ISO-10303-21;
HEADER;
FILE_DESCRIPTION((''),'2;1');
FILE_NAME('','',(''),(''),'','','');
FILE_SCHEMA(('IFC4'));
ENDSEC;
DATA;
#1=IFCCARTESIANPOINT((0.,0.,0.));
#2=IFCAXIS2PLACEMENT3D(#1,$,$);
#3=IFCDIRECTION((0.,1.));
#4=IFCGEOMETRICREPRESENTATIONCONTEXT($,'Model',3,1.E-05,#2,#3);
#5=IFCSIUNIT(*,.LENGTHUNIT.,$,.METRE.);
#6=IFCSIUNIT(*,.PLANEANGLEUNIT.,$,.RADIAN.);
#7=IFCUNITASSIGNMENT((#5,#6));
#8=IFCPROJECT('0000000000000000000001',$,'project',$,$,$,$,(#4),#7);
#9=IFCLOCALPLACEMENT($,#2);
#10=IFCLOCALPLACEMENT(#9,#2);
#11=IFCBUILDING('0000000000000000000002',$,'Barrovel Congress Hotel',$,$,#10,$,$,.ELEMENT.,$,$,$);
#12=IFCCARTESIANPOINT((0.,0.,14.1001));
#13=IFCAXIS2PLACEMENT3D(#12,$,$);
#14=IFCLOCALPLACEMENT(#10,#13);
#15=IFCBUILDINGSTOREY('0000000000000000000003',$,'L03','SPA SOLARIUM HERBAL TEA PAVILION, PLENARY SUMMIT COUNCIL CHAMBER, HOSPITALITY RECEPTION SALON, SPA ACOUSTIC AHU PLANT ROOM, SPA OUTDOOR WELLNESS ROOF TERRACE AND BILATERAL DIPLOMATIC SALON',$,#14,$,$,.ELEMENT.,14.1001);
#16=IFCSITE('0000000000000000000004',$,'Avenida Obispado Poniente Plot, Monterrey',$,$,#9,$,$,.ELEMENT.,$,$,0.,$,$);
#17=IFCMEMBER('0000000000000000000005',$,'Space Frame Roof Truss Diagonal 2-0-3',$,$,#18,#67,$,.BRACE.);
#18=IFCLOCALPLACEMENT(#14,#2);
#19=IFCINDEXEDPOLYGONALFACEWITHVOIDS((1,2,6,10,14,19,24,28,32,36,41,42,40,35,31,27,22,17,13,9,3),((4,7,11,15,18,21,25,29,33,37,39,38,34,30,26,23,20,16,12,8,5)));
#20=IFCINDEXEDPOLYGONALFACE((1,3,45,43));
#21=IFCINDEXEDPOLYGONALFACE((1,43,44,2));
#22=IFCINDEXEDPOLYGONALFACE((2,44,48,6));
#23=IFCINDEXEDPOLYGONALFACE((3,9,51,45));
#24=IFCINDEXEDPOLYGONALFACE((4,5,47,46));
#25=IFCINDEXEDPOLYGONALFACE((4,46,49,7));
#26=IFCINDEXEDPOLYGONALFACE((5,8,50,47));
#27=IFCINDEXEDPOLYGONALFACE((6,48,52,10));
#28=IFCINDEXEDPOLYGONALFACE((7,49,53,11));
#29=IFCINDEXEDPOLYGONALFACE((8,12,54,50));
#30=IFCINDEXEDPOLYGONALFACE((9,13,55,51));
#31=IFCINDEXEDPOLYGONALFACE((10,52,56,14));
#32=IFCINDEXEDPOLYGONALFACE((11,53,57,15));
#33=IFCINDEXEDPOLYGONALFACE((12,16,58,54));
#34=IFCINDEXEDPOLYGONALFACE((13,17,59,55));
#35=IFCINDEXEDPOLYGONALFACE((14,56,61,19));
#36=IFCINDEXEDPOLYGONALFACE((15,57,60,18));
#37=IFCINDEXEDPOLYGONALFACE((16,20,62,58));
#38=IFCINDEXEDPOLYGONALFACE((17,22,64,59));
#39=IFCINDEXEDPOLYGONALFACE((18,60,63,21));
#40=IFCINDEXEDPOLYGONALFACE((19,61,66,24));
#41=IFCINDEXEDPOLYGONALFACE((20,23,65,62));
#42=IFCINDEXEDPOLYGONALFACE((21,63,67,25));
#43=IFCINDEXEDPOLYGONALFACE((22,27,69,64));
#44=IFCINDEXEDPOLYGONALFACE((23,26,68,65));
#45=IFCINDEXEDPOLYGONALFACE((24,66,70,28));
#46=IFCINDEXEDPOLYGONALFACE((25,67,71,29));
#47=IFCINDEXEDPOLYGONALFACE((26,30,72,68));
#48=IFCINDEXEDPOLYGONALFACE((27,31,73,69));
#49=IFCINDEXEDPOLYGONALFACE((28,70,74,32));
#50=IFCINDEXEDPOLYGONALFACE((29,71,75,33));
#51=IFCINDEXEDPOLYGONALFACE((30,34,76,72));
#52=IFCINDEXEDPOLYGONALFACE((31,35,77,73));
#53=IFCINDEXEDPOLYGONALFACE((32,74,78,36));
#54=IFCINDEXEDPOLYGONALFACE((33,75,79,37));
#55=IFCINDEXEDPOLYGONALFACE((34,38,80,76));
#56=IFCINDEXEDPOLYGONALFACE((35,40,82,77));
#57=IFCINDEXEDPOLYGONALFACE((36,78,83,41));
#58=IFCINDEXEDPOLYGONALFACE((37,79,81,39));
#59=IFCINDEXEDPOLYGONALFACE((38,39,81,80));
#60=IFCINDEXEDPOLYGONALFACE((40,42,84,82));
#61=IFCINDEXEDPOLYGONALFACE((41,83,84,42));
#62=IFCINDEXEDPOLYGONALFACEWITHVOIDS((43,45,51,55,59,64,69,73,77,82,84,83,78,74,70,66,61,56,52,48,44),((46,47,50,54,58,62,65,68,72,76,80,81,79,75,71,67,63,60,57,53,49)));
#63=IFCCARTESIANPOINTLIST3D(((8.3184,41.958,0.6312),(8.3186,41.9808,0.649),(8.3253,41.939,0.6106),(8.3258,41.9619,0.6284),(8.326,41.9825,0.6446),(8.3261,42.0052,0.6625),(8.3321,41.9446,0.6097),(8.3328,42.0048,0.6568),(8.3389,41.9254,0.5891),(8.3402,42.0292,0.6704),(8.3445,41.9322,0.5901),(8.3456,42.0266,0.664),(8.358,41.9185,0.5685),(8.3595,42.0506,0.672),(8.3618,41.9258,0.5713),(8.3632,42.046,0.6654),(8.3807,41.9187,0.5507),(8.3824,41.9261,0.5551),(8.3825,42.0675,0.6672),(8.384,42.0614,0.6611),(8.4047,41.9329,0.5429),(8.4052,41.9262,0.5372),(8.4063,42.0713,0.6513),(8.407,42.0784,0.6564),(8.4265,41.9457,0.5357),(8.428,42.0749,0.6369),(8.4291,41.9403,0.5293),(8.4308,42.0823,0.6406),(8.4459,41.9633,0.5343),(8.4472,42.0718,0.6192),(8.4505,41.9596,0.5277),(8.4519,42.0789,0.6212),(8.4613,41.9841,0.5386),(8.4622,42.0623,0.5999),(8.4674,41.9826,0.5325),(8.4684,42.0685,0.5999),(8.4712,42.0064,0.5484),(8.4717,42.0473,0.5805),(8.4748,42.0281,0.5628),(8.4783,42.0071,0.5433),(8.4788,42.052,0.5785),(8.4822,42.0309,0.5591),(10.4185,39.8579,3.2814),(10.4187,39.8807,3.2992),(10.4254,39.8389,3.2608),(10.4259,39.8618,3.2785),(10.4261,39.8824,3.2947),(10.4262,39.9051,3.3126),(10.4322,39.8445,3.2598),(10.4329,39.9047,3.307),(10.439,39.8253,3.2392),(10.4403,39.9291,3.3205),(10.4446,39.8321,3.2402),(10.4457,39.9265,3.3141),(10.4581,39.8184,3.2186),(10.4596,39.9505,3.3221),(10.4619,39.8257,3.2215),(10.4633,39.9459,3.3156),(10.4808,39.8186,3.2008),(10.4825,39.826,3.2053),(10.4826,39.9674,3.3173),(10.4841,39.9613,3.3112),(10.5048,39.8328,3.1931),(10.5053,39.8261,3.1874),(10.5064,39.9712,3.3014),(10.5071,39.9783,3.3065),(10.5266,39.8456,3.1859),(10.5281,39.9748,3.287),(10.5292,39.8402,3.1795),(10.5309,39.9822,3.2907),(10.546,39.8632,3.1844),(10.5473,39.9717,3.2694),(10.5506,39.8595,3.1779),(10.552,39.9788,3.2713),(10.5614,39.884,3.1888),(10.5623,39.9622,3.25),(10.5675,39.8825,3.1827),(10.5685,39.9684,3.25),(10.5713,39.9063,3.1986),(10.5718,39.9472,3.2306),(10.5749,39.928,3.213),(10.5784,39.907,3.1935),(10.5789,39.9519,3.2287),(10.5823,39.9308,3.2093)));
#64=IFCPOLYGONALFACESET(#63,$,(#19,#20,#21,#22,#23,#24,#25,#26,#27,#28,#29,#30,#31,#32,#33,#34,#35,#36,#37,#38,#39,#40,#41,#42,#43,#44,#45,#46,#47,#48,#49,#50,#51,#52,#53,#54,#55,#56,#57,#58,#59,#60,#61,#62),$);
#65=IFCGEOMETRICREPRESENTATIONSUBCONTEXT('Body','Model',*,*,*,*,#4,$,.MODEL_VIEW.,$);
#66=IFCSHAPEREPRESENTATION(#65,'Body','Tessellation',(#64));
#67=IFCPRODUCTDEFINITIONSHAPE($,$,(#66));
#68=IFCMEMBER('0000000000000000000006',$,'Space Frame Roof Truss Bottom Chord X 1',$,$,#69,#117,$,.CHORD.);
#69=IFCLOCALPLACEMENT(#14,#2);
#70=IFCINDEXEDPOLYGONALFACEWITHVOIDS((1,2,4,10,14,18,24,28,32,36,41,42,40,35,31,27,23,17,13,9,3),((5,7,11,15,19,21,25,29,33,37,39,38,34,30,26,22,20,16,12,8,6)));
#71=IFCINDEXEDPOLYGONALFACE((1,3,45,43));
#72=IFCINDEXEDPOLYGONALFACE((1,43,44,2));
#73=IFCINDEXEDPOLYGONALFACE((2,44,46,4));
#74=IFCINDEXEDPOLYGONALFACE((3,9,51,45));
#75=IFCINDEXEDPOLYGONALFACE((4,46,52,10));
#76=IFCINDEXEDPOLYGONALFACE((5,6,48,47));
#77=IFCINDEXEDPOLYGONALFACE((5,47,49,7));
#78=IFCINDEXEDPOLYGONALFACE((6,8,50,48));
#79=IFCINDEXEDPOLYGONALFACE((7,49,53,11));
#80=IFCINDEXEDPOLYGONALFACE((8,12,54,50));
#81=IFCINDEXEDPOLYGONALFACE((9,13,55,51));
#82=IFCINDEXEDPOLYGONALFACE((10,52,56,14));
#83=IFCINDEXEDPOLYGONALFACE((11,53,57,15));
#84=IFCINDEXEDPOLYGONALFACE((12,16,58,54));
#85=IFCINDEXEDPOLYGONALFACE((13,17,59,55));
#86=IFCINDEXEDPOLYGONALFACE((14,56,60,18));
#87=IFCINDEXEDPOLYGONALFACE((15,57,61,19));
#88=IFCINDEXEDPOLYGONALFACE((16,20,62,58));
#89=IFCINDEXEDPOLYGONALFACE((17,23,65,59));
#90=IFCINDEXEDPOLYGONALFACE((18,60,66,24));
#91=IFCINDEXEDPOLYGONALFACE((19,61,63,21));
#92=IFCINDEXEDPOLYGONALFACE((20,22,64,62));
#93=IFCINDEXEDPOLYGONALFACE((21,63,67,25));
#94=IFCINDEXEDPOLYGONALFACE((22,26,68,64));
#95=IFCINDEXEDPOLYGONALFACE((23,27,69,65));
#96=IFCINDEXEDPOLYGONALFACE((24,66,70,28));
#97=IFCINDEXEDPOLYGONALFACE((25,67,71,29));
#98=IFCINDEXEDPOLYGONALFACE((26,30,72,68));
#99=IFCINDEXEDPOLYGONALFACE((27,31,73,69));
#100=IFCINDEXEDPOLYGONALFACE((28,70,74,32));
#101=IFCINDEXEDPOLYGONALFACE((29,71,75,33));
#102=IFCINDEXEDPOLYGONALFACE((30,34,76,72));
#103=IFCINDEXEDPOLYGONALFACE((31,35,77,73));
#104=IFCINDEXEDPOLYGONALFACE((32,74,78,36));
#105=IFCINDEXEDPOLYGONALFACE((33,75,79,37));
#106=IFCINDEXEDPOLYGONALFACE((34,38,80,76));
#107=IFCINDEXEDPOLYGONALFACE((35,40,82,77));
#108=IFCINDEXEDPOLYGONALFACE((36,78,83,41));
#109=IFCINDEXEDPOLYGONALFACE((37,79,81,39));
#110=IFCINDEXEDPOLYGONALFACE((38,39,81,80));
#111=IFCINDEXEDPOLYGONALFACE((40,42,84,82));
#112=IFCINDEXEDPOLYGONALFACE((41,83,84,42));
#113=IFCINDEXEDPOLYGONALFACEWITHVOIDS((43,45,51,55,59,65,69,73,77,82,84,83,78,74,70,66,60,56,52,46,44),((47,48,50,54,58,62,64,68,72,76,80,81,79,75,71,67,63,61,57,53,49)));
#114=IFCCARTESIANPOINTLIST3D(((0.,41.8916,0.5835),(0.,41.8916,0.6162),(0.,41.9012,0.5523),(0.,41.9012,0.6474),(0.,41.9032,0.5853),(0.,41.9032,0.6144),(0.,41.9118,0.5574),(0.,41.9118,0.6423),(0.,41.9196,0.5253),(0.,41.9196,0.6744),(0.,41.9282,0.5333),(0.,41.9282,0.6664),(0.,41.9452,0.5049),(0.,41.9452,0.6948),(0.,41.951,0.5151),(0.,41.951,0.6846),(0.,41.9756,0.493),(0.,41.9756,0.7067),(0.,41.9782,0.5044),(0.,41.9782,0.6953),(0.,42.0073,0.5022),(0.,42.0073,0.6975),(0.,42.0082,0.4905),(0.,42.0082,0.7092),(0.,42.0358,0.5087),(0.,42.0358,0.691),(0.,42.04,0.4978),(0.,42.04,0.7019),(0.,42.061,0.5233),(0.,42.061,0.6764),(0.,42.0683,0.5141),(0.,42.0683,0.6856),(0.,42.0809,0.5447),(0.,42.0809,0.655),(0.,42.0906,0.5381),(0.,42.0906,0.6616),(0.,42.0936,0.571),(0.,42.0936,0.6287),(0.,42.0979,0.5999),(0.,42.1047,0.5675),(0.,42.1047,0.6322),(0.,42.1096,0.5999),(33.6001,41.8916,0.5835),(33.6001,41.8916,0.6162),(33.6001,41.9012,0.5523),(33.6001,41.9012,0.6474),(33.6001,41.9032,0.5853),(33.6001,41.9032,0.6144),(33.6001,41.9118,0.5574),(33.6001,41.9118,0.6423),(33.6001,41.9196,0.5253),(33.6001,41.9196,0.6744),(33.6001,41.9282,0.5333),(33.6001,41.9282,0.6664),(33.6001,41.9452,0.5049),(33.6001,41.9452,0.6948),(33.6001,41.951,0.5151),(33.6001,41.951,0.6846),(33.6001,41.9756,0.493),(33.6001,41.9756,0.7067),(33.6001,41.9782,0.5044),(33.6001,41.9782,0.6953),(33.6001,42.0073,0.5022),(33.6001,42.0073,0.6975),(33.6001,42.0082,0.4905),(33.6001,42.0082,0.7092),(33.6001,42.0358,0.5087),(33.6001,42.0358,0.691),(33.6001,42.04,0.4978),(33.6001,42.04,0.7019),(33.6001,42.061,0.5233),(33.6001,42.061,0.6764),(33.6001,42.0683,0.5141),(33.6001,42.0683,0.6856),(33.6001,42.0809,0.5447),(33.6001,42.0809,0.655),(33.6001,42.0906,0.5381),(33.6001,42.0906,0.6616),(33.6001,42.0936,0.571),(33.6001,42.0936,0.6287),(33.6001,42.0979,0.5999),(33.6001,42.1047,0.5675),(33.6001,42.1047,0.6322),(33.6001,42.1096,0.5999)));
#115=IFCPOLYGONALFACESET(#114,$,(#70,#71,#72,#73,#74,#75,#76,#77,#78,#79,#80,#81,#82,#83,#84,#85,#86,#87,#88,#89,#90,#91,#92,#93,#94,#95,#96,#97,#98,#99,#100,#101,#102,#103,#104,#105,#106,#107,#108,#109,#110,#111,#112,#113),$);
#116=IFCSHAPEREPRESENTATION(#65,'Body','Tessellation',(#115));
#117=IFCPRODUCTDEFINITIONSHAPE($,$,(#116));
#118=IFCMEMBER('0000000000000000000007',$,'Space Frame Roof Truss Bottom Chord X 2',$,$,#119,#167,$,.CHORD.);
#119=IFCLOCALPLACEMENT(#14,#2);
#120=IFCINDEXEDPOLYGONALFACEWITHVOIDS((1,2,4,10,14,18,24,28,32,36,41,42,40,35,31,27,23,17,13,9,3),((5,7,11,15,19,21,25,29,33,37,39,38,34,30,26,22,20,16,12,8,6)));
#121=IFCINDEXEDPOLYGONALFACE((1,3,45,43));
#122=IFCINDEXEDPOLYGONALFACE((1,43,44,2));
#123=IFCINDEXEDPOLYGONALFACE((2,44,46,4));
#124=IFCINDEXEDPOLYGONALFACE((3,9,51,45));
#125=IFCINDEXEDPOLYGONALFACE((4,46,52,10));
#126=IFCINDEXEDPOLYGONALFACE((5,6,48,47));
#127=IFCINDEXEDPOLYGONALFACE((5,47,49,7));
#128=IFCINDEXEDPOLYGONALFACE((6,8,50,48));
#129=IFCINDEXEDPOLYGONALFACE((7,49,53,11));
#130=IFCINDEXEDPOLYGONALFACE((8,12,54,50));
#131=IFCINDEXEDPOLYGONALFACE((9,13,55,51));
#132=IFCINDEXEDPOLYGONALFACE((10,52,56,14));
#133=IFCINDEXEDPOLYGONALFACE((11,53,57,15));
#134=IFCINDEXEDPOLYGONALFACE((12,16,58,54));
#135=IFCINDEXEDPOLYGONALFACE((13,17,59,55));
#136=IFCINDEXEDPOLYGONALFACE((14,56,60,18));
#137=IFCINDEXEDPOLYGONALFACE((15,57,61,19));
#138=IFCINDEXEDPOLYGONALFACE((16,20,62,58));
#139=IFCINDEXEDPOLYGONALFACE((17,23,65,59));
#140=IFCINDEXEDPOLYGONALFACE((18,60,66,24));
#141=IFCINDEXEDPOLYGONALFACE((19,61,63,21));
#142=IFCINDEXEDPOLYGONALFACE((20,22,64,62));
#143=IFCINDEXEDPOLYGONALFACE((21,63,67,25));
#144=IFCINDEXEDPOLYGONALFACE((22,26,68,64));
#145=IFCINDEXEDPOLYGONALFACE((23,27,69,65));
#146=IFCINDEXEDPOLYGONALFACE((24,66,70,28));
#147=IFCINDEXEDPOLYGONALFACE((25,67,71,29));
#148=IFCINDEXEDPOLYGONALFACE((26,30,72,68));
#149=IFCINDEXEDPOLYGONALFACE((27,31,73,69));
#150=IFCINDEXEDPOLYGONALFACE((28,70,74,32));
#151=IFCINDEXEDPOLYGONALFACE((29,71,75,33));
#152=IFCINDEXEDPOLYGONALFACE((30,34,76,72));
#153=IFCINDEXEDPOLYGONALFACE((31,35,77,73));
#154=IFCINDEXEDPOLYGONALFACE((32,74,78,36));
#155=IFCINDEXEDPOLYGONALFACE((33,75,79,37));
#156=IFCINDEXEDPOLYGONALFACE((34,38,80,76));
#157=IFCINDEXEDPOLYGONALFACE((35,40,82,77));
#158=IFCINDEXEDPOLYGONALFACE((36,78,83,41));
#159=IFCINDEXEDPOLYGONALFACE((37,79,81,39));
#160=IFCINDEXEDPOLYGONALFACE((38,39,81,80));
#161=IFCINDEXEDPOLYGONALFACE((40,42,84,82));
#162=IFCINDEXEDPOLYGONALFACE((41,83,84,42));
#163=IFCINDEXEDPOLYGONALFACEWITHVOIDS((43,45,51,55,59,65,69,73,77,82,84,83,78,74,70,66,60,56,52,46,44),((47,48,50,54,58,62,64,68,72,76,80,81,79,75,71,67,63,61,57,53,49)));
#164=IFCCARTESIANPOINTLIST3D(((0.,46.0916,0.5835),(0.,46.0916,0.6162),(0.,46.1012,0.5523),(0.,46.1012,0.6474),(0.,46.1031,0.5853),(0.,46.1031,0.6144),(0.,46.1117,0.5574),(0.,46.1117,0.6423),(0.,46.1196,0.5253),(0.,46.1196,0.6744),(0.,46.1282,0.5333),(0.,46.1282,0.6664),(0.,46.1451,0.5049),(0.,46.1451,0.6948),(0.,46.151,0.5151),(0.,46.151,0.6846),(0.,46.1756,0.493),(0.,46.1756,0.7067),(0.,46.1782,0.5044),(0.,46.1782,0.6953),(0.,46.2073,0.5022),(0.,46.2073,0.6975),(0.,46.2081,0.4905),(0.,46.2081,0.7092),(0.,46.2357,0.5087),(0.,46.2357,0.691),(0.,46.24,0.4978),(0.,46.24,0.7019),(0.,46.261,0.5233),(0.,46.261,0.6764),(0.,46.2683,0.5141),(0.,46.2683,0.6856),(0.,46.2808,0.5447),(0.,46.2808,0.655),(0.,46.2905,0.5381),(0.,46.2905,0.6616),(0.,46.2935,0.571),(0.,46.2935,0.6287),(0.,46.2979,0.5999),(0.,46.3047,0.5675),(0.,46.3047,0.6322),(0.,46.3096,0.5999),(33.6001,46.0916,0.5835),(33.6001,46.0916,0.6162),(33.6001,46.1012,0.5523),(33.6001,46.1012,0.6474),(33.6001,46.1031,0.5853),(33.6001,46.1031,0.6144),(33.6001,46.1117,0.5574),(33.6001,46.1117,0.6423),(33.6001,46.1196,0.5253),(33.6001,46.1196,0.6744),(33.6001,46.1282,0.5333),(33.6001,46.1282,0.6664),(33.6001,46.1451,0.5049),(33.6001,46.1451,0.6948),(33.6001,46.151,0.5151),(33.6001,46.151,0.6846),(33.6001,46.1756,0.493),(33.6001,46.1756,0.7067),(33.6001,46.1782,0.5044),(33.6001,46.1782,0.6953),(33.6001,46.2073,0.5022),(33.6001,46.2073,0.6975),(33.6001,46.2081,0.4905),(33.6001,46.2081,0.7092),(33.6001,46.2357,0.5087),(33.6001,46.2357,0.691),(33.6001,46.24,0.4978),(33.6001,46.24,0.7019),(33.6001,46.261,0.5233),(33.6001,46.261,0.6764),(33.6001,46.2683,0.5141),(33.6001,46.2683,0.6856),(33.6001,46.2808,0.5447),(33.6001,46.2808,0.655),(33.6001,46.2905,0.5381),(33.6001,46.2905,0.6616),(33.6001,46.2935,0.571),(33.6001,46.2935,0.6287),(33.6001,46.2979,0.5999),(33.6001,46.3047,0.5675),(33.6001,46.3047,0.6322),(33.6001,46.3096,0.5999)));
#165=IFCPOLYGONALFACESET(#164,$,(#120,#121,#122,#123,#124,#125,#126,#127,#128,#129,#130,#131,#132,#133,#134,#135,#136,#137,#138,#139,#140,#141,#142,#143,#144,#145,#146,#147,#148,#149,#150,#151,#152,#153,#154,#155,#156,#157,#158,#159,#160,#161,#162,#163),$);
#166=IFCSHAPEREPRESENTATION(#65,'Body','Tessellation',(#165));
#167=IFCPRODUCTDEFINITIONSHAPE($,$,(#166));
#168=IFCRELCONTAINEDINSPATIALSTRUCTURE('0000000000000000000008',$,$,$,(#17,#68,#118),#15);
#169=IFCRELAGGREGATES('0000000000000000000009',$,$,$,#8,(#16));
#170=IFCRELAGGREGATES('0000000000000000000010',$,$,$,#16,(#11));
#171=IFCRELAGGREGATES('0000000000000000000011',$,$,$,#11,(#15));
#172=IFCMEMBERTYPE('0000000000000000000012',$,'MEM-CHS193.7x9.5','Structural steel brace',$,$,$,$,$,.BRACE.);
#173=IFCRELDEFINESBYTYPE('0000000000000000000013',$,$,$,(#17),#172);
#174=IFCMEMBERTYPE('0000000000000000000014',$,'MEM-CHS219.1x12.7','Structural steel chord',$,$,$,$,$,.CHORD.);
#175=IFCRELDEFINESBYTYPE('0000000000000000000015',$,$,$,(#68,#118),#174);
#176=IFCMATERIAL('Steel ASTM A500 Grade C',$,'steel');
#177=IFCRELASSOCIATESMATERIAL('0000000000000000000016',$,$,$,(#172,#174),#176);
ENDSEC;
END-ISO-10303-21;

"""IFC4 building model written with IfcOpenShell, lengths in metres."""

from ifc_helpers import new_model, si_unit, direction, frame, origin, origin_2d, place, context, subcontext, project, spatial, hollow_circle, extrude, material, material_profile, profile_set, type_object, element, save


model = new_model("IFC4")

# Units and contexts
model_context = context("Model", 3, precision=1e-05, world=origin(), true_north=direction((0.0, 1.0)))
body_context = subcontext(model_context, "Body", "Model", "MODEL_VIEW")
ifc_project = project(units=[si_unit("LENGTHUNIT", "METRE"), si_unit("PLANEANGLEUNIT", "RADIAN")], contexts=[model_context])

# Site, building, storey
site_placement = place(None, origin())
site = spatial("IfcSite", under=ifc_project, at=site_placement, Name="Avenida Obispado Poniente Plot, Monterrey", CompositionType="ELEMENT", RefElevation=0.0)
building_placement = place(site_placement, origin())
building = spatial("IfcBuilding", under=site, at=building_placement, Name="Barrovel Congress Hotel", CompositionType="ELEMENT")
storey_placement = place(building_placement, frame((0.0, 0.0, 14.1001)))
storey = spatial("IfcBuildingStorey", under=building, at=storey_placement, Name="L03", Description="SPA SOLARIUM HERBAL TEA PAVILION, PLENARY SUMMIT COUNCIL CHAMBER, HOSPITALITY RECEPTION SALON, SPA ACOUSTIC AHU PLANT ROOM, SPA OUTDOOR WELLNESS ROOF TERRACE AND BILATERAL DIPLOMATIC SALON", CompositionType="ELEMENT", Elevation=14.1001)

# Members
ifc_material_1 = material(Name="Steel ASTM A500 Grade C", Category="steel")
ifc_material_profile_1 = material_profile(ifc_material_1, hollow_circle(Radius=0.0969, WallThickness=0.0088, at=origin_2d()), Name="CHS193.7x9.5")
ifc_profile_set_1 = profile_set([ifc_material_profile_1], Name="Steel ASTM A500 Grade C")
member_type_1 = type_object("IfcMemberType", Name="MEM-CHS193.7x9.5", Description="Structural steel brace", PredefinedType="BRACE", material=ifc_profile_set_1)
member_1_placement = place(storey_placement, frame((8.3999, 42.0, 0.5999), z_axis=(0.527601, -0.527601, 0.665788), x_axis=(0.707107, 0.707107, 0.0)))
element("IfcMember", 1, at=member_1_placement, inside=storey, type_object=member_type_1, Name="Space Frame Roof Truss Diagonal 2-0-3", PredefinedType="BRACE", context=body_context, shape_type="SweptSolid", body=[
    extrude(hollow_circle(Radius=0.0969, WallThickness=0.0088, at=origin_2d()), origin(), (0.0, 0.0, 1.0), 3.9805),
])
ifc_material_profile_2 = material_profile(ifc_material_1, hollow_circle(Radius=0.1096, WallThickness=0.0117, at=origin_2d()), Name="CHS219.1x12.7")
ifc_profile_set_2 = profile_set([ifc_material_profile_2], Name="Steel ASTM A500 Grade C")
member_type_2 = type_object("IfcMemberType", Name="MEM-CHS219.1x12.7", Description="Structural steel chord", PredefinedType="CHORD", material=ifc_profile_set_2)
for number, where, z_axis, x_axis, name in (
    (2, (0.0, 42.0, 0.5999), (1.0, 0.0, 0.0), (0.0, 1.0, 0.0), "Space Frame Roof Truss Bottom Chord X 1"),
    (3, (0.0, 46.2, 0.5999), (1.0, 0.0, 0.0), (0.0, 1.0, 0.0), "Space Frame Roof Truss Bottom Chord X 2"),
):
    element("IfcMember", number, at=place(storey_placement, frame(where, z_axis=z_axis, x_axis=x_axis)), inside=storey, type_object=member_type_2, Name=name, PredefinedType="CHORD", context=body_context, shape_type="SweptSolid", body=[
        extrude(hollow_circle(Radius=0.1096, WallThickness=0.0117, at=origin_2d()), origin(), (0.0, 0.0, 1.0), 33.6001),
    ])

save(model, "model.ifc")
